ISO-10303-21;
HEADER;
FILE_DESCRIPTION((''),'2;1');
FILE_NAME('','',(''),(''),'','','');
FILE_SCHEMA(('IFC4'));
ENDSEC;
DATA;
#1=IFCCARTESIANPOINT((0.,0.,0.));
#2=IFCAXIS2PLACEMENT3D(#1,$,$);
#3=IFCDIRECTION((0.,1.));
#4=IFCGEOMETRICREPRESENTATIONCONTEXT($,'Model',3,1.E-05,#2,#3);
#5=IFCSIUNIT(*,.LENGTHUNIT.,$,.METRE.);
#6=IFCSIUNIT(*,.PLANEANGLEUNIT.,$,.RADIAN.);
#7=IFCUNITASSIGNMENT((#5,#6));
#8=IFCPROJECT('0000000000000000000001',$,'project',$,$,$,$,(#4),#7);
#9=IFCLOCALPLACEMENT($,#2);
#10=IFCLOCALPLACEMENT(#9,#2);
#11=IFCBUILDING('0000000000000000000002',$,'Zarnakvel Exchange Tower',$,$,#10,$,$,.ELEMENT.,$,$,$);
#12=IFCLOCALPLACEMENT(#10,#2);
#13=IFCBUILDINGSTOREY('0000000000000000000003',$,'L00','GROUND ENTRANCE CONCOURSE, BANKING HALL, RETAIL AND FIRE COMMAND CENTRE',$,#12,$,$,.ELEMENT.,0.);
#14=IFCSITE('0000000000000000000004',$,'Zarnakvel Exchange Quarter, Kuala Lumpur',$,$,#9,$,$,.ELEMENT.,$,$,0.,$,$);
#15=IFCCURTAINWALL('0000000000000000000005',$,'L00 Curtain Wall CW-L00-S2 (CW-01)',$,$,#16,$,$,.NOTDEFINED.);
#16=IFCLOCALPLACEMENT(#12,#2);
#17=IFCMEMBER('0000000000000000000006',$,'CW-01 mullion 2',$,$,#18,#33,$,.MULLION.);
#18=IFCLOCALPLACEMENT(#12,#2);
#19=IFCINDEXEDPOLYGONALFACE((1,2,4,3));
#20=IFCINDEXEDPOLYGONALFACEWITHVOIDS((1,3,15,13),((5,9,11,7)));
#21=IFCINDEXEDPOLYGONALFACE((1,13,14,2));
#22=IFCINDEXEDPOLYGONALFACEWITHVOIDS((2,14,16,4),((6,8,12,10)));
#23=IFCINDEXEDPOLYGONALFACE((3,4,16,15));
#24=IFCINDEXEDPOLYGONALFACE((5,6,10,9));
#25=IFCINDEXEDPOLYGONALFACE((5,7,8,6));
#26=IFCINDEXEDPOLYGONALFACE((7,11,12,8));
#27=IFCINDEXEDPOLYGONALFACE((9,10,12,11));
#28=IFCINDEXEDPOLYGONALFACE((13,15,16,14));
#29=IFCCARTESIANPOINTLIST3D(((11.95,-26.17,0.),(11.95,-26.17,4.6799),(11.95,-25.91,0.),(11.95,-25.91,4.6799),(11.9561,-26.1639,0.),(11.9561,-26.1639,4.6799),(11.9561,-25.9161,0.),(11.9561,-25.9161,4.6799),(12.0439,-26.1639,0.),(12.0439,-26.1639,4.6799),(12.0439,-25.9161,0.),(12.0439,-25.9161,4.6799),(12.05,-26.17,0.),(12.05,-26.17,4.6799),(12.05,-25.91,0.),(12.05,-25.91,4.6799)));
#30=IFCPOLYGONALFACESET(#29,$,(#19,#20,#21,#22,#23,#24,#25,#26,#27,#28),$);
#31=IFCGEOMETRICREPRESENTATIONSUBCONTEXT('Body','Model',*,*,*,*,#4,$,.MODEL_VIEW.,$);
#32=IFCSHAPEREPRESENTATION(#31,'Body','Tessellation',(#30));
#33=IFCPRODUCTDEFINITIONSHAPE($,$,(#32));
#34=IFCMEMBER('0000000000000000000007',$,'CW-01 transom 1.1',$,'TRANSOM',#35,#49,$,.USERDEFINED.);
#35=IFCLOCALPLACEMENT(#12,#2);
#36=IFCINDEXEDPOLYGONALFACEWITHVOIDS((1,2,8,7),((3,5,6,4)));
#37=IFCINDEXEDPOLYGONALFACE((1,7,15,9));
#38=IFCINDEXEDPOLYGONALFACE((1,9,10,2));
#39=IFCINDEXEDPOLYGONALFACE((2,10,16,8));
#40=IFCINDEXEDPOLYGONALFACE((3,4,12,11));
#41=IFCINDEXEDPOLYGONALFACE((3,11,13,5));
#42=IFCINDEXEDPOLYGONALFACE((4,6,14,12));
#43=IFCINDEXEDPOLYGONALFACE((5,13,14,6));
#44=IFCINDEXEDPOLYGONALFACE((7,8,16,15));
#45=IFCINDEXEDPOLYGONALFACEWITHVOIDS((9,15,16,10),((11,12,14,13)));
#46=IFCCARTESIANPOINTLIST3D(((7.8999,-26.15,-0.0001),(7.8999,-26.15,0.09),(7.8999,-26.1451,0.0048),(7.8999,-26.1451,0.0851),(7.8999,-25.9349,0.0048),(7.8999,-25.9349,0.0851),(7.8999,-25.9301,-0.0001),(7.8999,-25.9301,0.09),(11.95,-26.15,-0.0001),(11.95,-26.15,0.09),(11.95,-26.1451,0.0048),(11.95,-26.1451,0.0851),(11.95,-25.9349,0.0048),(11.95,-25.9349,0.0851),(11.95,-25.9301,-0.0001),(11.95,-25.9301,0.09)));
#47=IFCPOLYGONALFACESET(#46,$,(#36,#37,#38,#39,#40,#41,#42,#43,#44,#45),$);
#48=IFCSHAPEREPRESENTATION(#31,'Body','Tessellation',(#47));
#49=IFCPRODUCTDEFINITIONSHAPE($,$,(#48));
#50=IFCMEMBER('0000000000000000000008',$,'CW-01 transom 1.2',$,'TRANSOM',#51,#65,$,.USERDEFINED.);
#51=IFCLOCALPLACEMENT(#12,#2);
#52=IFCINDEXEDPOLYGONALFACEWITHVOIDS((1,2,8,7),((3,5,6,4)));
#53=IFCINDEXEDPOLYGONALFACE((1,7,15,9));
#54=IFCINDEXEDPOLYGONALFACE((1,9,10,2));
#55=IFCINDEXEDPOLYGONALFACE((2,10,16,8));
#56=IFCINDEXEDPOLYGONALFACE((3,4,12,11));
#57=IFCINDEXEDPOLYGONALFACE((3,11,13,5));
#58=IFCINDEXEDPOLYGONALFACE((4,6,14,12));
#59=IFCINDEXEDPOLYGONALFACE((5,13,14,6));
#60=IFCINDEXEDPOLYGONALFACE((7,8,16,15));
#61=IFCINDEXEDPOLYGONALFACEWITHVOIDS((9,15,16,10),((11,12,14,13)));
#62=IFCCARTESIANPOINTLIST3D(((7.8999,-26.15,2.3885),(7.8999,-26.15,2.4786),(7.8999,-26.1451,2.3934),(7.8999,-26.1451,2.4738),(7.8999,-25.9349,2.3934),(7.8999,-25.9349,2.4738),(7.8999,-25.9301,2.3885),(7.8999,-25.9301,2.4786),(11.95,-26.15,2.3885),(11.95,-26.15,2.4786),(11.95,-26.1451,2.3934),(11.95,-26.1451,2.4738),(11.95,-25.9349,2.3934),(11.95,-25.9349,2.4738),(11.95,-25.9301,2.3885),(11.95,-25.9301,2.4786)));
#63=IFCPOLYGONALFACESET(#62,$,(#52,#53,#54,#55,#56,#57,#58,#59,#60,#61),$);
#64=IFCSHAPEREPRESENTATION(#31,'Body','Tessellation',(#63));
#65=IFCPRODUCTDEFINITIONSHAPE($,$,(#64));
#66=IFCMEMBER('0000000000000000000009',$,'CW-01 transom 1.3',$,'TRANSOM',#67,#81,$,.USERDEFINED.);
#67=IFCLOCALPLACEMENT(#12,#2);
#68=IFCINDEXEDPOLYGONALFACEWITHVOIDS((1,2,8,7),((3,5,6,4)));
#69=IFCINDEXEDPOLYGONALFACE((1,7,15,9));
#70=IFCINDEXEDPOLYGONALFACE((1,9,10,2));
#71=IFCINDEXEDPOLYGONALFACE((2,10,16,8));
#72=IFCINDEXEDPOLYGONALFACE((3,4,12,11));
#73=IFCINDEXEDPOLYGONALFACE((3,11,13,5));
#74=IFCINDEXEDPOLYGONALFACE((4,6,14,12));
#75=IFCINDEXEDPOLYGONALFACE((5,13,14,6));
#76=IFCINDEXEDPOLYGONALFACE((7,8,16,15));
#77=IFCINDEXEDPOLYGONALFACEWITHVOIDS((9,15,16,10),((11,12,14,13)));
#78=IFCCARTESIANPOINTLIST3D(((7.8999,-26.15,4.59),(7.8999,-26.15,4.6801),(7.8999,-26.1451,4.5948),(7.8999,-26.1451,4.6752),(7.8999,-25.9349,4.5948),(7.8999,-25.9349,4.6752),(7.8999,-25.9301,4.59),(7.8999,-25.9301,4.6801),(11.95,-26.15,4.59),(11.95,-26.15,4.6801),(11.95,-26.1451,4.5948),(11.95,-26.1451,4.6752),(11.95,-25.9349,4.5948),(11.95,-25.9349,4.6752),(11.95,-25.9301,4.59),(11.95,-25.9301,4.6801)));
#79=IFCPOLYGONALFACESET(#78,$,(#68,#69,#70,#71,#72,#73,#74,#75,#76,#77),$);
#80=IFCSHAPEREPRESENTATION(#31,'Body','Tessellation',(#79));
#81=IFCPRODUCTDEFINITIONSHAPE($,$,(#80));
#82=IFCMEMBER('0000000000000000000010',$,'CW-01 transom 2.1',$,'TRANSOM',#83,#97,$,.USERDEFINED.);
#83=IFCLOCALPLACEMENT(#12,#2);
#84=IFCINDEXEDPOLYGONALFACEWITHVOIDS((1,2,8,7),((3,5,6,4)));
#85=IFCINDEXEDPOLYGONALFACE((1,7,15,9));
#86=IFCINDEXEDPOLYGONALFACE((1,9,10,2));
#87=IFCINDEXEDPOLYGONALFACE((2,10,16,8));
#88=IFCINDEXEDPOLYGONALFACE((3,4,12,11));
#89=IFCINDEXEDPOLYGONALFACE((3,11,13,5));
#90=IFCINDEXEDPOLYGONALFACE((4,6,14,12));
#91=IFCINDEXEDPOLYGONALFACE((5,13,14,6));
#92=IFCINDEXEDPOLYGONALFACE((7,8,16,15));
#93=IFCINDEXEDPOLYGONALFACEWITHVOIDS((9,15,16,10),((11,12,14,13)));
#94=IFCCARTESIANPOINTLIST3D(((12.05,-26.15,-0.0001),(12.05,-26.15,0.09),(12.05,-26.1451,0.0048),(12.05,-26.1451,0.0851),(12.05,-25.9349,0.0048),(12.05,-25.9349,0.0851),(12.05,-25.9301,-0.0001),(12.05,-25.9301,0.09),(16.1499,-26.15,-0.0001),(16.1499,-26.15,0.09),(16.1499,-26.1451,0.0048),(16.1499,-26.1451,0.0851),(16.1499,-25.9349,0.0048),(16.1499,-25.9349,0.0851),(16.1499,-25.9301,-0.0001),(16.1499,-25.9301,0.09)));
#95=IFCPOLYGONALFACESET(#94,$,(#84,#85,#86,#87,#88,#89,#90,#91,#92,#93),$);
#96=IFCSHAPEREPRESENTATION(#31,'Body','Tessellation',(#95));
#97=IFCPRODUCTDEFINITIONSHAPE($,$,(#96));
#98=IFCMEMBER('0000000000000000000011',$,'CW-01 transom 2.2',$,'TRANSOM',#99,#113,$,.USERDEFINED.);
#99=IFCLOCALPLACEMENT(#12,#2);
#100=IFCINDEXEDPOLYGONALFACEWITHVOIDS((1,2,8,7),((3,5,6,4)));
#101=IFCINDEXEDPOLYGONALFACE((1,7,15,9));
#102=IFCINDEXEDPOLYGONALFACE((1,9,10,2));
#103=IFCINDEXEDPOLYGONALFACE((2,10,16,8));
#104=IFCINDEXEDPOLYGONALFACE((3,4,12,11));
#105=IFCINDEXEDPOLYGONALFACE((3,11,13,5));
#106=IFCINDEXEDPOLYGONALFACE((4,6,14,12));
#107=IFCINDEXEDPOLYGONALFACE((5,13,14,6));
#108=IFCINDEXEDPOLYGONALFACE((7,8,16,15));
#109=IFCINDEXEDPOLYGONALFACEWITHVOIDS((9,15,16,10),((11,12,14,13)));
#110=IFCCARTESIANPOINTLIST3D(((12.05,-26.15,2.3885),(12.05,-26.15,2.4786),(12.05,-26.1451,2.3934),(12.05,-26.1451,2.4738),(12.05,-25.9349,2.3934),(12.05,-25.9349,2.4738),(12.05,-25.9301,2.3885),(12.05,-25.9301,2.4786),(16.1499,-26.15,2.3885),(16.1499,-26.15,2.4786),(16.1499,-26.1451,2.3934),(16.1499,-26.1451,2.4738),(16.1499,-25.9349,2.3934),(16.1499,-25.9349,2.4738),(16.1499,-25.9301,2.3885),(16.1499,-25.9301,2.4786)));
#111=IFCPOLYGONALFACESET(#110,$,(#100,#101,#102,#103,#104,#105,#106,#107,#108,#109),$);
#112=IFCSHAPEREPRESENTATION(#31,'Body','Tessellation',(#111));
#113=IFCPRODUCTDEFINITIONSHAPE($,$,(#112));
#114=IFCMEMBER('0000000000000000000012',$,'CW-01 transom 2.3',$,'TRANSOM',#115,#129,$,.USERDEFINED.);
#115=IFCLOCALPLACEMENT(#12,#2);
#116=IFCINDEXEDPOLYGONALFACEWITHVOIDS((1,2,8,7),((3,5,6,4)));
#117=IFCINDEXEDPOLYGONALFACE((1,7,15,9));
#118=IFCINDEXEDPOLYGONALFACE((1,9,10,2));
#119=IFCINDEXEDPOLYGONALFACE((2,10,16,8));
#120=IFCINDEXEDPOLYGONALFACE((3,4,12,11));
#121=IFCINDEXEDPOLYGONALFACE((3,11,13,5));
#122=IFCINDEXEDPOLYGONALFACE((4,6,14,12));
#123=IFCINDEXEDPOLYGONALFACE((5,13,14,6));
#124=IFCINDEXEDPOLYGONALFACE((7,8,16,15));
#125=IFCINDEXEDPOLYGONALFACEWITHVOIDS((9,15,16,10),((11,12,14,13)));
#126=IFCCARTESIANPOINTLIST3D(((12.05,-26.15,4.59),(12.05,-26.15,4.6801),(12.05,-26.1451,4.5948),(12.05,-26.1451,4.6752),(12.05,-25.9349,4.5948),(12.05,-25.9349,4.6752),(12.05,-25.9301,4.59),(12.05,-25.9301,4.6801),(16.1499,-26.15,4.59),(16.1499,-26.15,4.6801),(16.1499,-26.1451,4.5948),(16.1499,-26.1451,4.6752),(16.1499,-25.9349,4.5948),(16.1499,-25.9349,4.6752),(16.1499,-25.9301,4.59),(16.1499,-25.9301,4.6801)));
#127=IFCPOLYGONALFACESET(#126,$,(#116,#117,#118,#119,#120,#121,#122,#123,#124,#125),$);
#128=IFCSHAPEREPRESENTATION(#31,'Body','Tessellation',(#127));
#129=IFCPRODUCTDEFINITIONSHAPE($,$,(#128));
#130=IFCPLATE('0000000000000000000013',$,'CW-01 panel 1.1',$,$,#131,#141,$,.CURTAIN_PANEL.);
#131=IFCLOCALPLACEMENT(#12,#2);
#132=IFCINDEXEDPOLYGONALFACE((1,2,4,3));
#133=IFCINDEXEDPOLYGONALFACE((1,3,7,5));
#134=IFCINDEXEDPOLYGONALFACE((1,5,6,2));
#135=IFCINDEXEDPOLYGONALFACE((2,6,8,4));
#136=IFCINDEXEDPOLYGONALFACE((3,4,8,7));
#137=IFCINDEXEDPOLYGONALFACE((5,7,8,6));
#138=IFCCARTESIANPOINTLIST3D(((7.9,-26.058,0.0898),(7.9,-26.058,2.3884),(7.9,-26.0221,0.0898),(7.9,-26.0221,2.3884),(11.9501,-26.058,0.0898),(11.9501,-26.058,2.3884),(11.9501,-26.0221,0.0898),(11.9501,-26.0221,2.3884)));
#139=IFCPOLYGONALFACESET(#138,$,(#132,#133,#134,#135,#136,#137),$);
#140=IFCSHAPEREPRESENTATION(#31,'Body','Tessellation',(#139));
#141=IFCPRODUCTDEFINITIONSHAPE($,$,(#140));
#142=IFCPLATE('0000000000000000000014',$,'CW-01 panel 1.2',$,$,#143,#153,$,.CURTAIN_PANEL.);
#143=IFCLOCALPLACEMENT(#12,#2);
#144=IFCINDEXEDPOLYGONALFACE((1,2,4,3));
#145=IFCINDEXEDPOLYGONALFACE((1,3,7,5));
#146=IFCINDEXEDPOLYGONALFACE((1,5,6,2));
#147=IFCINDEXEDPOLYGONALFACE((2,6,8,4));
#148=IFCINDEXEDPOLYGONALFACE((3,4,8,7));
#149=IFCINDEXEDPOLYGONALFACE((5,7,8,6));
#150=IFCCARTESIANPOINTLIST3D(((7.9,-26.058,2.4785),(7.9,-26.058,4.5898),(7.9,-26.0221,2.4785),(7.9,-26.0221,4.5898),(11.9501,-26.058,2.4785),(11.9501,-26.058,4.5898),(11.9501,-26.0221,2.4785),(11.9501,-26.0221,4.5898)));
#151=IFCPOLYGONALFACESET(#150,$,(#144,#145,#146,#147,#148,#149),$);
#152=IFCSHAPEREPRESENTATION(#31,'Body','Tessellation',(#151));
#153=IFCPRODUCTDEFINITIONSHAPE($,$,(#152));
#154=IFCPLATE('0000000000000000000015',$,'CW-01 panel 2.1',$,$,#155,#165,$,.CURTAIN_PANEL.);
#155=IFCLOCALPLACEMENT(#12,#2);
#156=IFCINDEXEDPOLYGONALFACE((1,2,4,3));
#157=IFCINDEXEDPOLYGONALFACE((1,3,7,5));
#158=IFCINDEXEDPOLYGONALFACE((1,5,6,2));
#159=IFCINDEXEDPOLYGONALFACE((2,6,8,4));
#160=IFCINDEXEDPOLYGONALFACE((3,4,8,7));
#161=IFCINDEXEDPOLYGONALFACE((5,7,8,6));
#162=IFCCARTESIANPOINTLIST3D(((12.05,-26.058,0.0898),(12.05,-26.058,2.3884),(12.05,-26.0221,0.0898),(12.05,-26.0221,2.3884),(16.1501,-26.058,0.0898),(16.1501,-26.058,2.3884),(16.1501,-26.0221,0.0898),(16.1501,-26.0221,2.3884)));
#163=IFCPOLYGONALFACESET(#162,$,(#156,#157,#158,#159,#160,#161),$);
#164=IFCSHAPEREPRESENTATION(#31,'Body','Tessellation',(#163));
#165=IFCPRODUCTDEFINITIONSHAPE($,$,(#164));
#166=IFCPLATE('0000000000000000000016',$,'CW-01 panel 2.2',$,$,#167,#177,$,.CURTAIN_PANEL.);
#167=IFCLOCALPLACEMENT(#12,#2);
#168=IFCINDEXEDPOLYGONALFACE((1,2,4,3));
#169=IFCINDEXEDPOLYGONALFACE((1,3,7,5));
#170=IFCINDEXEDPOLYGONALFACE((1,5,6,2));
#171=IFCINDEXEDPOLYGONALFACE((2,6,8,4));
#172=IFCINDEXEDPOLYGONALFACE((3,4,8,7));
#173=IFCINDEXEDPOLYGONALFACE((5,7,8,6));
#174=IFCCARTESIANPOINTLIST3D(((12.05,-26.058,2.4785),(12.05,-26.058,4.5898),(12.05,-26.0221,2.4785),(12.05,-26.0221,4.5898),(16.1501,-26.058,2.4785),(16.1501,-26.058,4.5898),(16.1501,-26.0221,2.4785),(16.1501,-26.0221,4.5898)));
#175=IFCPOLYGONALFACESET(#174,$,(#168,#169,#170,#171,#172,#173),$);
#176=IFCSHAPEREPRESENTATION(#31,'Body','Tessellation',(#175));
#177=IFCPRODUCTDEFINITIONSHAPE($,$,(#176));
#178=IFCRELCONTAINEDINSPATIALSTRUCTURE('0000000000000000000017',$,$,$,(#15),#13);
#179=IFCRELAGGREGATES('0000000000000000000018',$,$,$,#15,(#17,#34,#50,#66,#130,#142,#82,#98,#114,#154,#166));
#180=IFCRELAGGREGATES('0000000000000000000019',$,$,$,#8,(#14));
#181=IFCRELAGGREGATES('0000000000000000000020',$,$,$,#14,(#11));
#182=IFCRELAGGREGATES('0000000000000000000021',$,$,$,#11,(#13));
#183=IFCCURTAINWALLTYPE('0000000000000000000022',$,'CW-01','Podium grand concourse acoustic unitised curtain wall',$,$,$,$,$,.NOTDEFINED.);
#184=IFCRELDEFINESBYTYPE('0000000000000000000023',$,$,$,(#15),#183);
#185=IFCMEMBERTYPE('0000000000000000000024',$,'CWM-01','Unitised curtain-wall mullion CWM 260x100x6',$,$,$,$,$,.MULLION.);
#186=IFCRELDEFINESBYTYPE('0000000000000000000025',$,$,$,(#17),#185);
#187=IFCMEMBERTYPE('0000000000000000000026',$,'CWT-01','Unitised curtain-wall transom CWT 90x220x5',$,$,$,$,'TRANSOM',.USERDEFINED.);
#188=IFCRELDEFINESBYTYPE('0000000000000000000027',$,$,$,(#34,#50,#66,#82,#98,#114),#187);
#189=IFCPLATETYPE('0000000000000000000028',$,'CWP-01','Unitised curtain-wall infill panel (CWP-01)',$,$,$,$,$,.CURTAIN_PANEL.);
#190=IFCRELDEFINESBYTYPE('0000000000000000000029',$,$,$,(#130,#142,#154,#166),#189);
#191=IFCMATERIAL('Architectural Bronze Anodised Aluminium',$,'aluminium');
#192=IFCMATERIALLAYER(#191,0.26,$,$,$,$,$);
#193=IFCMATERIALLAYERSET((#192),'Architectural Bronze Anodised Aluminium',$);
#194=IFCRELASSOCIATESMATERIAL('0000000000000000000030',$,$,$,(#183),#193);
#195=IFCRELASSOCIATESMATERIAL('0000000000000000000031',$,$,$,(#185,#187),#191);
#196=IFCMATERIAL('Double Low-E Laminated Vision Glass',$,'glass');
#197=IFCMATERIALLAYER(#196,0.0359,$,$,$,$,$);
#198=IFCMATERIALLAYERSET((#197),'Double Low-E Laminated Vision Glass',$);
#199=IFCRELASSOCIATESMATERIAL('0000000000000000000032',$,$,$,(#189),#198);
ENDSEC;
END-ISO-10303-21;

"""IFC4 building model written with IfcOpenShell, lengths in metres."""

from ifc_helpers import new_model, si_unit, direction, frame, origin, origin_2d, place, context, subcontext, project, spatial, rectangle, hollow_rectangle, extrude, source, transform, mapped, material, layer, layer_set, material_profile, profile_set, type_object, element, aggregate, save


model = new_model("IFC4")

# Units and contexts
model_context = context("Model", 3, precision=1e-05, world=origin(), true_north=direction((0.0, 1.0)))
body_context = subcontext(model_context, "Body", "Model", "MODEL_VIEW")
ifc_project = project(units=[si_unit("LENGTHUNIT", "METRE"), si_unit("PLANEANGLEUNIT", "RADIAN")], contexts=[model_context])

# Site, building, storey
site_placement = place(None, origin())
site = spatial("IfcSite", under=ifc_project, at=site_placement, Name="Zarnakvel Exchange Quarter, Kuala Lumpur", CompositionType="ELEMENT", RefElevation=0.0)
building_placement = place(site_placement, origin())
building = spatial("IfcBuilding", under=site, at=building_placement, Name="Zarnakvel Exchange Tower", CompositionType="ELEMENT")
storey_placement = place(building_placement, origin())
storey = spatial("IfcBuildingStorey", under=building, at=storey_placement, Name="L00", Description="GROUND ENTRANCE CONCOURSE, BANKING HALL, RETAIL AND FIRE COMMAND CENTRE", CompositionType="ELEMENT", Elevation=0.0)

# Curtain wall, members, plates
ifc_material_1 = material(Name="Architectural Bronze Anodised Aluminium", Category="aluminium")
ifc_layer_1 = layer(ifc_material_1, 0.26)
ifc_layer_set_1 = layer_set([ifc_layer_1], Name="Architectural Bronze Anodised Aluminium")
curtain_wall_type = type_object("IfcCurtainWallType", Name="CW-01", Description="Podium grand concourse acoustic unitised curtain wall", PredefinedType="NOTDEFINED", material=ifc_layer_set_1)
curtain_wall_placement = place(storey_placement, origin())
curtain_wall = element("IfcCurtainWall", 1, at=curtain_wall_placement, inside=storey, type_object=curtain_wall_type, Name="L00 Curtain Wall CW-L00-S2 (CW-01)", PredefinedType="NOTDEFINED")
ifc_material_profile_1 = material_profile(ifc_material_1, hollow_rectangle(XDim=0.26, YDim=0.1001, WallThickness=0.0061, at=origin_2d()))
ifc_profile_set_1 = profile_set([ifc_material_profile_1], Name="Architectural Bronze Anodised Aluminium")
member_type_1 = type_object("IfcMemberType", Name="CWM-01", Description="Unitised curtain-wall mullion CWM 260x100x6", PredefinedType="MULLION", material=ifc_profile_set_1)
shared_shape_1 = source(origin(), body_context, "Body", "SweptSolid", [
    extrude(hollow_rectangle(XDim=0.26, YDim=0.1001, WallThickness=0.0061, at=origin_2d()), origin(), (0.0, 0.0, 1.0), 4.6799),
])
member_1_placement = place(storey_placement, frame((12.0, -26.04, 0.0), z_axis=(0.0, 0.0, 1.0), x_axis=(0.0, 1.0, 0.0)))
member_1 = element("IfcMember", 2, at=member_1_placement, type_object=member_type_1, Name="CW-01 mullion 2", PredefinedType="MULLION", context=body_context, shape_type="MappedRepresentation", body=[
    mapped(shared_shape_1, transform((0.0, 0.0, 0.0), x_axis=(1.0, 0.0, 0.0), y_axis=(0.0, 1.0, 0.0), z_axis=(0.0, 0.0, 1.0), scale=1.0)),
])
ifc_material_profile_2 = material_profile(ifc_material_1, hollow_rectangle(XDim=0.22, YDim=0.0901, WallThickness=0.0049, at=origin_2d()))
ifc_profile_set_2 = profile_set([ifc_material_profile_2], Name="Architectural Bronze Anodised Aluminium")
member_type_2 = type_object("IfcMemberType", Name="CWT-01", Description="Unitised curtain-wall transom CWT 90x220x5", ElementType="TRANSOM", PredefinedType="USERDEFINED", material=ifc_profile_set_2)
shared_shape_2 = source(origin(), body_context, "Body", "SweptSolid", [
    extrude(hollow_rectangle(XDim=0.22, YDim=0.0901, WallThickness=0.0049, at=origin_2d()), origin(), (0.0, 0.0, 1.0), 4.05),
])
member_2_placement = place(storey_placement, frame((7.8999, -26.04, 0.0449), z_axis=(1.0, 0.0, 0.0), x_axis=(0.0, 1.0, 0.0)))
member_2 = element("IfcMember", 3, at=member_2_placement, type_object=member_type_2, Name="CW-01 transom 1.1", ObjectType="TRANSOM", PredefinedType="USERDEFINED", context=body_context, shape_type="MappedRepresentation", body=[
    mapped(shared_shape_2, transform((0.0, 0.0, 0.0), x_axis=(1.0, 0.0, 0.0), y_axis=(0.0, 1.0, 0.0), z_axis=(0.0, 0.0, 1.0), scale=1.0)),
])
member_3_placement = place(storey_placement, frame((7.8999, -26.04, 2.4336), z_axis=(1.0, 0.0, 0.0), x_axis=(0.0, 1.0, 0.0)))
member_3 = element("IfcMember", 4, at=member_3_placement, type_object=member_type_2, Name="CW-01 transom 1.2", ObjectType="TRANSOM", PredefinedType="USERDEFINED", context=body_context, shape_type="MappedRepresentation", body=[
    mapped(shared_shape_2, transform((0.0, 0.0, 0.0), x_axis=(1.0, 0.0, 0.0), y_axis=(0.0, 1.0, 0.0), z_axis=(0.0, 0.0, 1.0), scale=1.0)),
])
member_4_placement = place(storey_placement, frame((7.8999, -26.04, 4.635), z_axis=(1.0, 0.0, 0.0), x_axis=(0.0, 1.0, 0.0)))
member_4 = element("IfcMember", 5, at=member_4_placement, type_object=member_type_2, Name="CW-01 transom 1.3", ObjectType="TRANSOM", PredefinedType="USERDEFINED", context=body_context, shape_type="MappedRepresentation", body=[
    mapped(shared_shape_2, transform((0.0, 0.0, 0.0), x_axis=(1.0, 0.0, 0.0), y_axis=(0.0, 1.0, 0.0), z_axis=(0.0, 0.0, 1.0), scale=1.0)),
])
shared_shape_3 = source(origin(), body_context, "Body", "SweptSolid", [
    extrude(hollow_rectangle(XDim=0.22, YDim=0.0901, WallThickness=0.0049, at=origin_2d()), origin(), (0.0, 0.0, 1.0), 4.0999),
])
member_5_placement = place(storey_placement, frame((12.05, -26.04, 0.0449), z_axis=(1.0, 0.0, 0.0), x_axis=(0.0, 1.0, 0.0)))
member_5 = element("IfcMember", 6, at=member_5_placement, type_object=member_type_2, Name="CW-01 transom 2.1", ObjectType="TRANSOM", PredefinedType="USERDEFINED", context=body_context, shape_type="MappedRepresentation", body=[
    mapped(shared_shape_3, transform((0.0, 0.0, 0.0), x_axis=(1.0, 0.0, 0.0), y_axis=(0.0, 1.0, 0.0), z_axis=(0.0, 0.0, 1.0), scale=1.0)),
])
member_6_placement = place(storey_placement, frame((12.05, -26.04, 2.4336), z_axis=(1.0, 0.0, 0.0), x_axis=(0.0, 1.0, 0.0)))
member_6 = element("IfcMember", 7, at=member_6_placement, type_object=member_type_2, Name="CW-01 transom 2.2", ObjectType="TRANSOM", PredefinedType="USERDEFINED", context=body_context, shape_type="MappedRepresentation", body=[
    mapped(shared_shape_3, transform((0.0, 0.0, 0.0), x_axis=(1.0, 0.0, 0.0), y_axis=(0.0, 1.0, 0.0), z_axis=(0.0, 0.0, 1.0), scale=1.0)),
])
member_7_placement = place(storey_placement, frame((12.05, -26.04, 4.635), z_axis=(1.0, 0.0, 0.0), x_axis=(0.0, 1.0, 0.0)))
member_7 = element("IfcMember", 8, at=member_7_placement, type_object=member_type_2, Name="CW-01 transom 2.3", ObjectType="TRANSOM", PredefinedType="USERDEFINED", context=body_context, shape_type="MappedRepresentation", body=[
    mapped(shared_shape_3, transform((0.0, 0.0, 0.0), x_axis=(1.0, 0.0, 0.0), y_axis=(0.0, 1.0, 0.0), z_axis=(0.0, 0.0, 1.0), scale=1.0)),
])
ifc_material_2 = material(Name="Double Low-E Laminated Vision Glass", Category="glass")
ifc_layer_2 = layer(ifc_material_2, 0.0359)
ifc_layer_set_2 = layer_set([ifc_layer_2], Name="Double Low-E Laminated Vision Glass")
plate_type = type_object("IfcPlateType", Name="CWP-01", Description="Unitised curtain-wall infill panel (CWP-01)", PredefinedType="CURTAIN_PANEL", material=ifc_layer_set_2)
shared_shape_4 = source(origin(), body_context, "Body", "SweptSolid", [
    extrude(rectangle(XDim=4.05, YDim=0.0359, at=origin_2d()), origin(), (0.0, 0.0, 1.0), 2.2986),
])
plate_1_placement = place(storey_placement, frame((9.925, -26.04, 0.0898), z_axis=(0.0, 0.0, 1.0), x_axis=(1.0, 0.0, 0.0)))
plate_1 = element("IfcPlate", 9, at=plate_1_placement, type_object=plate_type, Name="CW-01 panel 1.1", PredefinedType="CURTAIN_PANEL", context=body_context, shape_type="MappedRepresentation", body=[
    mapped(shared_shape_4, transform((0.0, 0.0, 0.0), x_axis=(1.0, 0.0, 0.0), y_axis=(0.0, 1.0, 0.0), z_axis=(0.0, 0.0, 1.0), scale=1.0)),
])
shared_shape_5 = source(origin(), body_context, "Body", "SweptSolid", [
    extrude(rectangle(XDim=4.05, YDim=0.0359, at=origin_2d()), origin(), (0.0, 0.0, 1.0), 2.1113),
])
plate_2_placement = place(storey_placement, frame((9.925, -26.04, 2.4785), z_axis=(0.0, 0.0, 1.0), x_axis=(1.0, 0.0, 0.0)))
plate_2 = element("IfcPlate", 10, at=plate_2_placement, type_object=plate_type, Name="CW-01 panel 1.2", PredefinedType="CURTAIN_PANEL", context=body_context, shape_type="MappedRepresentation", body=[
    mapped(shared_shape_5, transform((0.0, 0.0, 0.0), x_axis=(1.0, 0.0, 0.0), y_axis=(0.0, 1.0, 0.0), z_axis=(0.0, 0.0, 1.0), scale=1.0)),
])
shared_shape_6 = source(origin(), body_context, "Body", "SweptSolid", [
    extrude(rectangle(XDim=4.1001, YDim=0.0359, at=origin_2d()), origin(), (0.0, 0.0, 1.0), 2.2986),
])
plate_3_placement = place(storey_placement, frame((14.1001, -26.04, 0.0898), z_axis=(0.0, 0.0, 1.0), x_axis=(1.0, 0.0, 0.0)))
plate_3 = element("IfcPlate", 11, at=plate_3_placement, type_object=plate_type, Name="CW-01 panel 2.1", PredefinedType="CURTAIN_PANEL", context=body_context, shape_type="MappedRepresentation", body=[
    mapped(shared_shape_6, transform((0.0, 0.0, 0.0), x_axis=(1.0, 0.0, 0.0), y_axis=(0.0, 1.0, 0.0), z_axis=(0.0, 0.0, 1.0), scale=1.0)),
])
shared_shape_7 = source(origin(), body_context, "Body", "SweptSolid", [
    extrude(rectangle(XDim=4.1001, YDim=0.0359, at=origin_2d()), origin(), (0.0, 0.0, 1.0), 2.1113),
])
plate_4_placement = place(storey_placement, frame((14.1001, -26.04, 2.4785), z_axis=(0.0, 0.0, 1.0), x_axis=(1.0, 0.0, 0.0)))
plate_4 = element("IfcPlate", 12, at=plate_4_placement, type_object=plate_type, Name="CW-01 panel 2.2", PredefinedType="CURTAIN_PANEL", context=body_context, shape_type="MappedRepresentation", body=[
    mapped(shared_shape_7, transform((0.0, 0.0, 0.0), x_axis=(1.0, 0.0, 0.0), y_axis=(0.0, 1.0, 0.0), z_axis=(0.0, 0.0, 1.0), scale=1.0)),
])
aggregate(curtain_wall, [member_1, member_2, member_3, member_4, plate_1, plate_2, member_5, member_6, member_7, plate_3, plate_4])

save(model, "model.ifc")
